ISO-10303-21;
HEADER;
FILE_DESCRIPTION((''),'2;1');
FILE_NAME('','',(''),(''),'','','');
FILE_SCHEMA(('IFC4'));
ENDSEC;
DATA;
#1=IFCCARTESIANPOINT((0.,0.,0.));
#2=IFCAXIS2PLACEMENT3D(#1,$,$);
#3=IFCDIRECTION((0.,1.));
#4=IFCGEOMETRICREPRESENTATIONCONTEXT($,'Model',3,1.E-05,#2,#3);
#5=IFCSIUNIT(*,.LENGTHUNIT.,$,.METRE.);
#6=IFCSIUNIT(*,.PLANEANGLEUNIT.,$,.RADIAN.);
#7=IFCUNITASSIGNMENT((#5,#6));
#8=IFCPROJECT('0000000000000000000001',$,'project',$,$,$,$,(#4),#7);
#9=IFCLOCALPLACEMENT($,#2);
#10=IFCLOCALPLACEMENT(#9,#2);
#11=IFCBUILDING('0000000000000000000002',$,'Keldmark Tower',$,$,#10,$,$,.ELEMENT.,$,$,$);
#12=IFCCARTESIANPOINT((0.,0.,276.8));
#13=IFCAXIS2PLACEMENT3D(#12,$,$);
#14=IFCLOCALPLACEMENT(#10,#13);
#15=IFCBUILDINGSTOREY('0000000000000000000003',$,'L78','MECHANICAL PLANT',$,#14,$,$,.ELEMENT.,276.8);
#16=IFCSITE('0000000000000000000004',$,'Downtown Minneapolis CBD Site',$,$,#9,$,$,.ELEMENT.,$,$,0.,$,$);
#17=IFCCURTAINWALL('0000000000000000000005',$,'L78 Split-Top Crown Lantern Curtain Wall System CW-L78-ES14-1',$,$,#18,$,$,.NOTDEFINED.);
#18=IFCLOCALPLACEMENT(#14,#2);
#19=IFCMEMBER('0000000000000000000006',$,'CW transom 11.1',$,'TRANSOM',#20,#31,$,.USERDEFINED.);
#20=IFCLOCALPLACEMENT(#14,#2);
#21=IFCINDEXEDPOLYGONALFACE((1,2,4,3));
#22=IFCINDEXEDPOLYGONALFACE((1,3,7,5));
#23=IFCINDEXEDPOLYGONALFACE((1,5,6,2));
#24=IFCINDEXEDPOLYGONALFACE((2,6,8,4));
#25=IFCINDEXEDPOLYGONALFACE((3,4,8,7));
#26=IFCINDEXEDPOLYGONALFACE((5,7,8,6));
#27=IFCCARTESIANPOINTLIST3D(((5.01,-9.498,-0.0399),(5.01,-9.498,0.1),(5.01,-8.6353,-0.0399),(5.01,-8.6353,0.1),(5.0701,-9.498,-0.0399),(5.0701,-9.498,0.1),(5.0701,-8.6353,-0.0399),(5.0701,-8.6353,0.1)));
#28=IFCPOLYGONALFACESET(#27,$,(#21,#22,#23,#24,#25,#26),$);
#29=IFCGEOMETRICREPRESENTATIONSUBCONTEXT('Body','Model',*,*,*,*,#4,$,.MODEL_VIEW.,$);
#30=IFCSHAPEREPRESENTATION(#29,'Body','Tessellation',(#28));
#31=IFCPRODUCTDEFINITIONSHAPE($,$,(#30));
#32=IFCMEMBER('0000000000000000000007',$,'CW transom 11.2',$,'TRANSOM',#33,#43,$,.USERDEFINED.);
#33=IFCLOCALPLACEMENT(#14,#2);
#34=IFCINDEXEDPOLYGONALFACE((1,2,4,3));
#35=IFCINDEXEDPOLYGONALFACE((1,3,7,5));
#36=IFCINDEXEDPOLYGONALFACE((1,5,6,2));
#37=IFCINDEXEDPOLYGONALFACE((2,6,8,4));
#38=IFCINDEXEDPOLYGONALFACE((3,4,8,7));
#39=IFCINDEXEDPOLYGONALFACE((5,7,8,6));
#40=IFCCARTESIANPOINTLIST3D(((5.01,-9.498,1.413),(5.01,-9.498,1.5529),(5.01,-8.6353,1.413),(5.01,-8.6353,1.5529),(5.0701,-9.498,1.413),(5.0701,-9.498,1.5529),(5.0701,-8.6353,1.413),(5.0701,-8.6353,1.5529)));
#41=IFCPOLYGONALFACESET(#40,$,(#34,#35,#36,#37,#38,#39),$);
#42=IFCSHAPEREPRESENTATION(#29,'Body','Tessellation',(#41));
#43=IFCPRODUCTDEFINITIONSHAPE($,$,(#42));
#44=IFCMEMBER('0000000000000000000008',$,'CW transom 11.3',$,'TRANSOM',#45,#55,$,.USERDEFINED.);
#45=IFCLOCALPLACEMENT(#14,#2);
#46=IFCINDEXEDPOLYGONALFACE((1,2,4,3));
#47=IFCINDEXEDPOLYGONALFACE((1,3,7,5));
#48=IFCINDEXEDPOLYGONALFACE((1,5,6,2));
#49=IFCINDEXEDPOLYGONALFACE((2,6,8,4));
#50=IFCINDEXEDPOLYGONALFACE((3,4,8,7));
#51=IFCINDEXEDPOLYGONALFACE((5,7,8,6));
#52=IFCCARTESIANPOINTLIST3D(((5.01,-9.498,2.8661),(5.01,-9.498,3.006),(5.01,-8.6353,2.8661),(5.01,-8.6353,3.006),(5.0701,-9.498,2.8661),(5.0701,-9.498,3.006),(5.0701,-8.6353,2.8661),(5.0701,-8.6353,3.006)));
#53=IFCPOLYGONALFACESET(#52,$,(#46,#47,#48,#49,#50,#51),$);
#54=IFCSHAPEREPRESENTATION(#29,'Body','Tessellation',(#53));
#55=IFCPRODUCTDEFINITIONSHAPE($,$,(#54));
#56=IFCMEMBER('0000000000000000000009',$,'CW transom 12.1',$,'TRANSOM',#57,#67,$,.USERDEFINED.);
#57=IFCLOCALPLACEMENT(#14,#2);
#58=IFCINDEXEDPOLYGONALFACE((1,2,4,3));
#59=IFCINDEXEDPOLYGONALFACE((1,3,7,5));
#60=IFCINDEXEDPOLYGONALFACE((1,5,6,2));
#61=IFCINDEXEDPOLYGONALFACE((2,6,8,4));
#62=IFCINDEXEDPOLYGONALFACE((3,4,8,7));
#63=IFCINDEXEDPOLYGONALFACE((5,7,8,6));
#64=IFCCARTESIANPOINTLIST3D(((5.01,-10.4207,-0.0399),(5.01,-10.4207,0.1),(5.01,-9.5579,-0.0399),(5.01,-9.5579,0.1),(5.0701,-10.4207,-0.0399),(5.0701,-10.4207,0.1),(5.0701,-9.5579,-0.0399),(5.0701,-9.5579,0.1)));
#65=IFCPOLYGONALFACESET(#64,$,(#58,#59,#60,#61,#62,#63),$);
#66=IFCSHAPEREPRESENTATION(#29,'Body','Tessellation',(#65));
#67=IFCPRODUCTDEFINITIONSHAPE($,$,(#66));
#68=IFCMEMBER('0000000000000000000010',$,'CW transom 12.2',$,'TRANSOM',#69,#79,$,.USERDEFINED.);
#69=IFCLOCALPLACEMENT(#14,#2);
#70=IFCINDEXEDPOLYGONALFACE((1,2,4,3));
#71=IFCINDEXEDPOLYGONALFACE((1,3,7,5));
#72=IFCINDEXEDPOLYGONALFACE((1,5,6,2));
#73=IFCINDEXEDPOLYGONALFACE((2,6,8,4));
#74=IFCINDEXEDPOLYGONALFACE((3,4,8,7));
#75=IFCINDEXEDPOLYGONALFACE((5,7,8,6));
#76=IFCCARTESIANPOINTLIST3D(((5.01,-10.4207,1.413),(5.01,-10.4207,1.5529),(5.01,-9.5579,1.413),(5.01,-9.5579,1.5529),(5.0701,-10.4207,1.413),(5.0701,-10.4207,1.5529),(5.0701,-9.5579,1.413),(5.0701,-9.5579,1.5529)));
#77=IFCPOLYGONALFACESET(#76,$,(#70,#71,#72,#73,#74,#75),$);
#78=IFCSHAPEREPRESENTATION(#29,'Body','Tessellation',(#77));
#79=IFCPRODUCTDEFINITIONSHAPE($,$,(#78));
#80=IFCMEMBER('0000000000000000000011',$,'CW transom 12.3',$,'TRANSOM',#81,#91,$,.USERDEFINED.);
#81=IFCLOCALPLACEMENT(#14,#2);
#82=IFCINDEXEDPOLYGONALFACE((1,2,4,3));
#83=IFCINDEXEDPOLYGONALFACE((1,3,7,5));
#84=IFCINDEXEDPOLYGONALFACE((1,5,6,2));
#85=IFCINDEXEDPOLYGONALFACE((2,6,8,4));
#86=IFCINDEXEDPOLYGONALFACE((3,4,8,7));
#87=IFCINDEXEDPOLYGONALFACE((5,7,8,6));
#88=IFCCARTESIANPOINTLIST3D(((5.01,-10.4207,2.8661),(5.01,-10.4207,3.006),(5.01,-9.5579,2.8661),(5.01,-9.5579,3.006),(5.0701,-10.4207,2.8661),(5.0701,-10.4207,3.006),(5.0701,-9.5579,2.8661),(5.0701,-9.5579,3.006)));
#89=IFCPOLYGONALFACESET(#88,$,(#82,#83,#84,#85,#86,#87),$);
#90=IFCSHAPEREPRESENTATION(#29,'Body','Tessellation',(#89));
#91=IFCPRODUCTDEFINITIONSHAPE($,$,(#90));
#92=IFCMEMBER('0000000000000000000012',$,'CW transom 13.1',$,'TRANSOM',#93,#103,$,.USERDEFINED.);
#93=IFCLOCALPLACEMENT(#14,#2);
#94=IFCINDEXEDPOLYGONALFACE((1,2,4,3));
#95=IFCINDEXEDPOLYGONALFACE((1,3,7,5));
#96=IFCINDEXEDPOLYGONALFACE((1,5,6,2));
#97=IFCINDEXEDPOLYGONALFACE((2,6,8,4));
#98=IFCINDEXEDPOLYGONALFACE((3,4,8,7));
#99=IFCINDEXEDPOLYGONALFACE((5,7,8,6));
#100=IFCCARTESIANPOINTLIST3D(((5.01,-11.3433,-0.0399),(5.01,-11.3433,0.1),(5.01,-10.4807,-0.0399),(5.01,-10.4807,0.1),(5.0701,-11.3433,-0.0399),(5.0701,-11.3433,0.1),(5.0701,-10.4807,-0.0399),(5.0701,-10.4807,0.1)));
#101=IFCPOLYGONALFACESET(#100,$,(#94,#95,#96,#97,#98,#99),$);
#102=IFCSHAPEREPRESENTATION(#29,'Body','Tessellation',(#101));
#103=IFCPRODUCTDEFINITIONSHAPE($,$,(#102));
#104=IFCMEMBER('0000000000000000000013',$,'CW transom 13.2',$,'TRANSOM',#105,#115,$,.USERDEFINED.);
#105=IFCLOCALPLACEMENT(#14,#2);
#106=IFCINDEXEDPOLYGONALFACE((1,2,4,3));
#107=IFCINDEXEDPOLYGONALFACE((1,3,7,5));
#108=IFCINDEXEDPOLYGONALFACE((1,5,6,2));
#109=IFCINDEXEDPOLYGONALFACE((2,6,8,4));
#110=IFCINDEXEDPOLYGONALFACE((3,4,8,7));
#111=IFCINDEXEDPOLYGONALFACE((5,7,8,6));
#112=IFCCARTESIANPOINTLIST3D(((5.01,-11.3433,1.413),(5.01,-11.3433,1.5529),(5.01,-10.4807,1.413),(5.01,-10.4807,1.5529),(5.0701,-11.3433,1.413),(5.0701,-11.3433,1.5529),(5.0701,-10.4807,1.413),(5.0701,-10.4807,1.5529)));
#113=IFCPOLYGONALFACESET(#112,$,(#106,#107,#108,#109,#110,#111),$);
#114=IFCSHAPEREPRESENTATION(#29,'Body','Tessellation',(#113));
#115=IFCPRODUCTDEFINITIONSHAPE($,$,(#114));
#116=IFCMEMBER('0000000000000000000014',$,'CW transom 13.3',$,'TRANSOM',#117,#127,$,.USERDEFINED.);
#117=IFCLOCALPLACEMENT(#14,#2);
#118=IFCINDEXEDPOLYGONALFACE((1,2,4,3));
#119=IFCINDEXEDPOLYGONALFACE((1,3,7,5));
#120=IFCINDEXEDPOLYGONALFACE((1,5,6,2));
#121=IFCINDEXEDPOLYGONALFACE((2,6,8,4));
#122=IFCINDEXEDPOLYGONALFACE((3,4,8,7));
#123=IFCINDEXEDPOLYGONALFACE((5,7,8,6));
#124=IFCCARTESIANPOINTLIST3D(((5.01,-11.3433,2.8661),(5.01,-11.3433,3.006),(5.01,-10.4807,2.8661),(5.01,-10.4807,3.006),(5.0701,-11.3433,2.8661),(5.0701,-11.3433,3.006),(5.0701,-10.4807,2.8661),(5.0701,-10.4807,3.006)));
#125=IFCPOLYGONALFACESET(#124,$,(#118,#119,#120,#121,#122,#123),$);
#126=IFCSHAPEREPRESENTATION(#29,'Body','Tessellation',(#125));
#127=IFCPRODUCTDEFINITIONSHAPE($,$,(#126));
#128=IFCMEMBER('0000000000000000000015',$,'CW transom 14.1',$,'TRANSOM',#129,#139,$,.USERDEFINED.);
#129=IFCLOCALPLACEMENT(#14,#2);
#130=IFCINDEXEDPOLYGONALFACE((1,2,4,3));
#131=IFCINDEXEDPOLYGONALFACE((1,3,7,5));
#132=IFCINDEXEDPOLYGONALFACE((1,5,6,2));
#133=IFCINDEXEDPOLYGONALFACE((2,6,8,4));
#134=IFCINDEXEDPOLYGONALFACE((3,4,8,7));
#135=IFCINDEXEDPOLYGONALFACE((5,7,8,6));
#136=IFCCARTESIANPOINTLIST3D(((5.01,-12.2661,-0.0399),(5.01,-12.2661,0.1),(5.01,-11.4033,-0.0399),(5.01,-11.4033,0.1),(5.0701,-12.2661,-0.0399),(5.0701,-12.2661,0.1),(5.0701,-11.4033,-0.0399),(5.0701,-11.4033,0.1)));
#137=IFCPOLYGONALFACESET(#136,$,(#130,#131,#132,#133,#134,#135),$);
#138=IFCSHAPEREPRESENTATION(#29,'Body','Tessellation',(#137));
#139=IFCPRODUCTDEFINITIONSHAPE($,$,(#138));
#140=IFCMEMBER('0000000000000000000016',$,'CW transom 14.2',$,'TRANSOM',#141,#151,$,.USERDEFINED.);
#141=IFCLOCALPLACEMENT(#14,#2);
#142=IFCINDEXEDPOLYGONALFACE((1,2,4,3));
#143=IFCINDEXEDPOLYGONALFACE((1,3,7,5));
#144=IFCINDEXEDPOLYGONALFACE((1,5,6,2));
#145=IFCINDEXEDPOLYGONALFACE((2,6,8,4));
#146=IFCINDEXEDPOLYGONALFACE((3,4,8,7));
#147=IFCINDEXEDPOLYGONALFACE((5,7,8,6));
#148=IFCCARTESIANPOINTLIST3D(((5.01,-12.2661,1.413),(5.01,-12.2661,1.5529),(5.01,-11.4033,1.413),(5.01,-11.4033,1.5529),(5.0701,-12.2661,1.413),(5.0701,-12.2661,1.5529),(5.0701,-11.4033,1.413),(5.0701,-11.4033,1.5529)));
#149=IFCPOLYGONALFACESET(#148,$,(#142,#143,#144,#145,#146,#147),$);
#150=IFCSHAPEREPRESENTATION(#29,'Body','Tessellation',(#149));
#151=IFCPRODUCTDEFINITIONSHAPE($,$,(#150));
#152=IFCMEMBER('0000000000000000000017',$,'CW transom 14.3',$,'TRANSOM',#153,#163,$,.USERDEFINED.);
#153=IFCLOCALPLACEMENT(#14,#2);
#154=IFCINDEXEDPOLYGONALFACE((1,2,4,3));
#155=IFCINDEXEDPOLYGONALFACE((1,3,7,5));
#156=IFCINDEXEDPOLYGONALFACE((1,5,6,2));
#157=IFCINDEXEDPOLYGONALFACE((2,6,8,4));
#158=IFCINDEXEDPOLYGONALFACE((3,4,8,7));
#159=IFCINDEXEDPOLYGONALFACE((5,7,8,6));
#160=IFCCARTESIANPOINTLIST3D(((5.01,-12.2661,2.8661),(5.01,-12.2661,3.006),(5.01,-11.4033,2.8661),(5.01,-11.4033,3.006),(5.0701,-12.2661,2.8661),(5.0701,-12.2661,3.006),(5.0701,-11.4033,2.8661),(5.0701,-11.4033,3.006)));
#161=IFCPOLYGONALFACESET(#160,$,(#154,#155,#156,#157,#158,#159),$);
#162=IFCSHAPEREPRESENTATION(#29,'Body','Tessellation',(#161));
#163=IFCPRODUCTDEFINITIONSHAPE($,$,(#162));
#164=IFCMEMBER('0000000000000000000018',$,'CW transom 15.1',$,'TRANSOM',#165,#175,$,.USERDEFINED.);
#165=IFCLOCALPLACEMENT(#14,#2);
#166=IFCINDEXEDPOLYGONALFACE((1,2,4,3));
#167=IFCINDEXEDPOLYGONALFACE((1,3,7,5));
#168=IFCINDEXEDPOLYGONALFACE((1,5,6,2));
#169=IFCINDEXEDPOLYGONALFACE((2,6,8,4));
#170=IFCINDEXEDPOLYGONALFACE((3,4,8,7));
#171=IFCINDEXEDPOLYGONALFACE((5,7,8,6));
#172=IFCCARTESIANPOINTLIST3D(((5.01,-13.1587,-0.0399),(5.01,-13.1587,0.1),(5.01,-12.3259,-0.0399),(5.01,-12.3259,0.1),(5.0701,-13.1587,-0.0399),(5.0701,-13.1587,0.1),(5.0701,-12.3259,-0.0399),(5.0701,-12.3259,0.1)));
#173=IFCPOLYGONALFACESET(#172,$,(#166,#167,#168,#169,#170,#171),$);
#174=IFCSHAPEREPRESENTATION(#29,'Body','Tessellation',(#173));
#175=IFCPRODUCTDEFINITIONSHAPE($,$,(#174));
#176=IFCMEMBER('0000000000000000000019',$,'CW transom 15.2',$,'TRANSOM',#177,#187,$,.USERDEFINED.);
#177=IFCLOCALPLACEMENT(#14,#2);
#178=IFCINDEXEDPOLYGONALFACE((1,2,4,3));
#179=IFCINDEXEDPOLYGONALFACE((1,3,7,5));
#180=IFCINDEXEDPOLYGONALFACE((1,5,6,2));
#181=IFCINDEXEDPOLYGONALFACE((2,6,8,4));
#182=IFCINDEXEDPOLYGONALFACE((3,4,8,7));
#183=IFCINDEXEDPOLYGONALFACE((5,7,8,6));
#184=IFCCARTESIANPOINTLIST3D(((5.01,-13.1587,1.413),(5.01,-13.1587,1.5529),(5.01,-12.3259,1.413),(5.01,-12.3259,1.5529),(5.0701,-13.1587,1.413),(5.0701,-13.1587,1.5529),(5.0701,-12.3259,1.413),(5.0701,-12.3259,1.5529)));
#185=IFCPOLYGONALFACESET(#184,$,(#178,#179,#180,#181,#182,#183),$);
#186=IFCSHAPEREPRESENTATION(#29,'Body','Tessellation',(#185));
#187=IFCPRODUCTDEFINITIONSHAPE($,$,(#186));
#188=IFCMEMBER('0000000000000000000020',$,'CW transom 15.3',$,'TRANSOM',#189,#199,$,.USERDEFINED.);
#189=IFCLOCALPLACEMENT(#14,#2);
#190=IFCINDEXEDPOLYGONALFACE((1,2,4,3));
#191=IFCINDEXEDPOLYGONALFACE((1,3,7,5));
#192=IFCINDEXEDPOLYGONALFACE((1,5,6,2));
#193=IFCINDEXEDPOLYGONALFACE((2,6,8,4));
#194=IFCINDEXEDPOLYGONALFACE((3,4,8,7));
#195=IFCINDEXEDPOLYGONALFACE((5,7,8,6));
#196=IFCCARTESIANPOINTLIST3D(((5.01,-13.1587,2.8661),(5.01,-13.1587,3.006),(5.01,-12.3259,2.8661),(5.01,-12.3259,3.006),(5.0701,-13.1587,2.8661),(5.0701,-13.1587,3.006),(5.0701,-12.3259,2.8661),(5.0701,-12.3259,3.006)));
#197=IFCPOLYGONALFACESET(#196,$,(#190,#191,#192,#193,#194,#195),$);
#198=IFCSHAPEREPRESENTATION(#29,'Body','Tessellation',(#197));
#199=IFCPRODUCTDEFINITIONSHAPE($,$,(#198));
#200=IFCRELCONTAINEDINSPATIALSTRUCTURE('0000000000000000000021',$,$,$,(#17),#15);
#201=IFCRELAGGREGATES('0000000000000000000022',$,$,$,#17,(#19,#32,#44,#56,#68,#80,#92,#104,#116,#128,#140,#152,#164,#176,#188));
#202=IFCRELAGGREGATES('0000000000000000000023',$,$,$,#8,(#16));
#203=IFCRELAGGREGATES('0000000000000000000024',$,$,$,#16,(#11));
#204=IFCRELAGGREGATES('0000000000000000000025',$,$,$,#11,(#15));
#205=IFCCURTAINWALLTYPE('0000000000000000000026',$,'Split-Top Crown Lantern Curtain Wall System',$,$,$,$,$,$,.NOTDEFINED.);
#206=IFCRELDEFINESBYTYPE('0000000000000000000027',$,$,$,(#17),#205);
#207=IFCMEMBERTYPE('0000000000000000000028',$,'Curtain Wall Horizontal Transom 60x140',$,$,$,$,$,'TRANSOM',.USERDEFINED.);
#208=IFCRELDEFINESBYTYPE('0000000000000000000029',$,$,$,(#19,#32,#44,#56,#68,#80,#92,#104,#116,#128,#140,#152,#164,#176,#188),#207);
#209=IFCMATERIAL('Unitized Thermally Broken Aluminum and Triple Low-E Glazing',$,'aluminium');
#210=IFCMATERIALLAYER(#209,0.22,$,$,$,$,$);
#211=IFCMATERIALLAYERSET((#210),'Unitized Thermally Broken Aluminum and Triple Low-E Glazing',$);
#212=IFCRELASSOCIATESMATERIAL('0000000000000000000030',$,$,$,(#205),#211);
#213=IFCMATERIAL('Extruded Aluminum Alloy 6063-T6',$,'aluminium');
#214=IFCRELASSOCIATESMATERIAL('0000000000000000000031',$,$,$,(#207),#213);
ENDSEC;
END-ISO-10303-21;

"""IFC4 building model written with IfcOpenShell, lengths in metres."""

from ifc_helpers import new_model, si_unit, direction, frame, origin, origin_2d, place, context, subcontext, project, spatial, rectangle, extrude, material, layer, layer_set, material_profile, profile_set, type_object, element, aggregate, save


model = new_model("IFC4")

# Units and contexts
model_context = context("Model", 3, precision=1e-05, world=origin(), true_north=direction((0.0, 1.0)))
body_context = subcontext(model_context, "Body", "Model", "MODEL_VIEW")
ifc_project = project(units=[si_unit("LENGTHUNIT", "METRE"), si_unit("PLANEANGLEUNIT", "RADIAN")], contexts=[model_context])

# Site, building, storey
site_placement = place(None, origin())
site = spatial("IfcSite", under=ifc_project, at=site_placement, Name="Downtown Minneapolis CBD Site", CompositionType="ELEMENT", RefElevation=0.0)
building_placement = place(site_placement, origin())
building = spatial("IfcBuilding", under=site, at=building_placement, Name="Keldmark Tower", CompositionType="ELEMENT")
storey_placement = place(building_placement, frame((0.0, 0.0, 276.8)))
storey = spatial("IfcBuildingStorey", under=building, at=storey_placement, Name="L78", Description="MECHANICAL PLANT", CompositionType="ELEMENT", Elevation=276.8)

# Curtain wall, members
ifc_material_1 = material(Name="Unitized Thermally Broken Aluminum and Triple Low-E Glazing", Category="aluminium")
ifc_layer_1 = layer(ifc_material_1, 0.22)
ifc_layer_set_1 = layer_set([ifc_layer_1], Name="Unitized Thermally Broken Aluminum and Triple Low-E Glazing")
curtain_wall_type = type_object("IfcCurtainWallType", Name="Split-Top Crown Lantern Curtain Wall System", PredefinedType="NOTDEFINED", material=ifc_layer_set_1)
curtain_wall_placement = place(storey_placement, origin())
curtain_wall = element("IfcCurtainWall", 1, at=curtain_wall_placement, inside=storey, type_object=curtain_wall_type, Name="L78 Split-Top Crown Lantern Curtain Wall System CW-L78-ES14-1", PredefinedType="NOTDEFINED")
ifc_material_2 = material(Name="Extruded Aluminum Alloy 6063-T6", Category="aluminium")
ifc_material_profile_1 = material_profile(ifc_material_2, rectangle(XDim=0.0601, YDim=0.1399, at=origin_2d()), Name="CWT60X140")
ifc_profile_set_1 = profile_set([ifc_material_profile_1], Name="Extruded Aluminum Alloy 6063-T6")
member_type_1 = type_object("IfcMemberType", Name="Curtain Wall Horizontal Transom 60x140", ElementType="TRANSOM", PredefinedType="USERDEFINED", material=ifc_profile_set_1)
member_1_placement = place(storey_placement, frame((5.04, -8.6353, 0.03), z_axis=(0.0, -1.0, 0.0), x_axis=(1.0, 0.0, 0.0)))
member_1 = element("IfcMember", 2, at=member_1_placement, type_object=member_type_1, Name="CW transom 11.1", ObjectType="TRANSOM", PredefinedType="USERDEFINED", context=body_context, shape_type="SweptSolid", body=[
    extrude(rectangle(XDim=0.0601, YDim=0.1399, at=origin_2d()), origin(), (0.0, 0.0, 1.0), 0.8628),
])
member_2_placement = place(storey_placement, frame((5.04, -8.6353, 1.4829), z_axis=(0.0, -1.0, 0.0), x_axis=(1.0, 0.0, 0.0)))
member_2 = element("IfcMember", 3, at=member_2_placement, type_object=member_type_1, Name="CW transom 11.2", ObjectType="TRANSOM", PredefinedType="USERDEFINED", context=body_context, shape_type="SweptSolid", body=[
    extrude(rectangle(XDim=0.0601, YDim=0.1399, at=origin_2d()), origin(), (0.0, 0.0, 1.0), 0.8628),
])
member_3_placement = place(storey_placement, frame((5.04, -8.6353, 2.936), z_axis=(0.0, -1.0, 0.0), x_axis=(1.0, 0.0, 0.0)))
member_3 = element("IfcMember", 4, at=member_3_placement, type_object=member_type_1, Name="CW transom 11.3", ObjectType="TRANSOM", PredefinedType="USERDEFINED", context=body_context, shape_type="SweptSolid", body=[
    extrude(rectangle(XDim=0.0601, YDim=0.1399, at=origin_2d()), origin(), (0.0, 0.0, 1.0), 0.8628),
])
member_4_placement = place(storey_placement, frame((5.04, -9.5579, 0.03), z_axis=(0.0, -1.0, 0.0), x_axis=(1.0, 0.0, 0.0)))
member_4 = element("IfcMember", 5, at=member_4_placement, type_object=member_type_1, Name="CW transom 12.1", ObjectType="TRANSOM", PredefinedType="USERDEFINED", context=body_context, shape_type="SweptSolid", body=[
    extrude(rectangle(XDim=0.0601, YDim=0.1399, at=origin_2d()), origin(), (0.0, 0.0, 1.0), 0.8628),
])
member_5_placement = place(storey_placement, frame((5.04, -9.5579, 1.4829), z_axis=(0.0, -1.0, 0.0), x_axis=(1.0, 0.0, 0.0)))
member_5 = element("IfcMember", 6, at=member_5_placement, type_object=member_type_1, Name="CW transom 12.2", ObjectType="TRANSOM", PredefinedType="USERDEFINED", context=body_context, shape_type="SweptSolid", body=[
    extrude(rectangle(XDim=0.0601, YDim=0.1399, at=origin_2d()), origin(), (0.0, 0.0, 1.0), 0.8628),
])
member_6_placement = place(storey_placement, frame((5.04, -9.5579, 2.936), z_axis=(0.0, -1.0, 0.0), x_axis=(1.0, 0.0, 0.0)))
member_6 = element("IfcMember", 7, at=member_6_placement, type_object=member_type_1, Name="CW transom 12.3", ObjectType="TRANSOM", PredefinedType="USERDEFINED", context=body_context, shape_type="SweptSolid", body=[
    extrude(rectangle(XDim=0.0601, YDim=0.1399, at=origin_2d()), origin(), (0.0, 0.0, 1.0), 0.8628),
])
member_7_placement = place(storey_placement, frame((5.04, -10.4807, 0.03), z_axis=(0.0, -1.0, 0.0), x_axis=(1.0, 0.0, 0.0)))
member_7 = element("IfcMember", 8, at=member_7_placement, type_object=member_type_1, Name="CW transom 13.1", ObjectType="TRANSOM", PredefinedType="USERDEFINED", context=body_context, shape_type="SweptSolid", body=[
    extrude(rectangle(XDim=0.0601, YDim=0.1399, at=origin_2d()), origin(), (0.0, 0.0, 1.0), 0.8625),
])
member_8_placement = place(storey_placement, frame((5.04, -10.4807, 1.4829), z_axis=(0.0, -1.0, 0.0), x_axis=(1.0, 0.0, 0.0)))
member_8 = element("IfcMember", 9, at=member_8_placement, type_object=member_type_1, Name="CW transom 13.2", ObjectType="TRANSOM", PredefinedType="USERDEFINED", context=body_context, shape_type="SweptSolid", body=[
    extrude(rectangle(XDim=0.0601, YDim=0.1399, at=origin_2d()), origin(), (0.0, 0.0, 1.0), 0.8625),
])
member_9_placement = place(storey_placement, frame((5.04, -10.4807, 2.936), z_axis=(0.0, -1.0, 0.0), x_axis=(1.0, 0.0, 0.0)))
member_9 = element("IfcMember", 10, at=member_9_placement, type_object=member_type_1, Name="CW transom 13.3", ObjectType="TRANSOM", PredefinedType="USERDEFINED", context=body_context, shape_type="SweptSolid", body=[
    extrude(rectangle(XDim=0.0601, YDim=0.1399, at=origin_2d()), origin(), (0.0, 0.0, 1.0), 0.8625),
])
member_10_placement = place(storey_placement, frame((5.04, -11.4033, 0.03), z_axis=(0.0, -1.0, 0.0), x_axis=(1.0, 0.0, 0.0)))
member_10 = element("IfcMember", 11, at=member_10_placement, type_object=member_type_1, Name="CW transom 14.1", ObjectType="TRANSOM", PredefinedType="USERDEFINED", context=body_context, shape_type="SweptSolid", body=[
    extrude(rectangle(XDim=0.0601, YDim=0.1399, at=origin_2d()), origin(), (0.0, 0.0, 1.0), 0.8628),
])
member_11_placement = place(storey_placement, frame((5.04, -11.4033, 1.4829), z_axis=(0.0, -1.0, 0.0), x_axis=(1.0, 0.0, 0.0)))
member_11 = element("IfcMember", 12, at=member_11_placement, type_object=member_type_1, Name="CW transom 14.2", ObjectType="TRANSOM", PredefinedType="USERDEFINED", context=body_context, shape_type="SweptSolid", body=[
    extrude(rectangle(XDim=0.0601, YDim=0.1399, at=origin_2d()), origin(), (0.0, 0.0, 1.0), 0.8628),
])
member_12_placement = place(storey_placement, frame((5.04, -11.4033, 2.936), z_axis=(0.0, -1.0, 0.0), x_axis=(1.0, 0.0, 0.0)))
member_12 = element("IfcMember", 13, at=member_12_placement, type_object=member_type_1, Name="CW transom 14.3", ObjectType="TRANSOM", PredefinedType="USERDEFINED", context=body_context, shape_type="SweptSolid", body=[
    extrude(rectangle(XDim=0.0601, YDim=0.1399, at=origin_2d()), origin(), (0.0, 0.0, 1.0), 0.8628),
])
member_13_placement = place(storey_placement, frame((5.04, -12.3259, 0.03), z_axis=(0.0, -1.0, 0.0), x_axis=(1.0, 0.0, 0.0)))
member_13 = element("IfcMember", 14, at=member_13_placement, type_object=member_type_1, Name="CW transom 15.1", ObjectType="TRANSOM", PredefinedType="USERDEFINED", context=body_context, shape_type="SweptSolid", body=[
    extrude(rectangle(XDim=0.0601, YDim=0.1399, at=origin_2d()), origin(), (0.0, 0.0, 1.0), 0.8328),
])
member_14_placement = place(storey_placement, frame((5.04, -12.3259, 1.4829), z_axis=(0.0, -1.0, 0.0), x_axis=(1.0, 0.0, 0.0)))
member_14 = element("IfcMember", 15, at=member_14_placement, type_object=member_type_1, Name="CW transom 15.2", ObjectType="TRANSOM", PredefinedType="USERDEFINED", context=body_context, shape_type="SweptSolid", body=[
    extrude(rectangle(XDim=0.0601, YDim=0.1399, at=origin_2d()), origin(), (0.0, 0.0, 1.0), 0.8328),
])
member_15_placement = place(storey_placement, frame((5.04, -12.3259, 2.936), z_axis=(0.0, -1.0, 0.0), x_axis=(1.0, 0.0, 0.0)))
member_15 = element("IfcMember", 16, at=member_15_placement, type_object=member_type_1, Name="CW transom 15.3", ObjectType="TRANSOM", PredefinedType="USERDEFINED", context=body_context, shape_type="SweptSolid", body=[
    extrude(rectangle(XDim=0.0601, YDim=0.1399, at=origin_2d()), origin(), (0.0, 0.0, 1.0), 0.8328),
])
aggregate(curtain_wall, [member_1, member_2, member_3, member_4, member_5, member_6, member_7, member_8, member_9, member_10, member_11, member_12, member_13, member_14, member_15])

save(model, "model.ifc")
